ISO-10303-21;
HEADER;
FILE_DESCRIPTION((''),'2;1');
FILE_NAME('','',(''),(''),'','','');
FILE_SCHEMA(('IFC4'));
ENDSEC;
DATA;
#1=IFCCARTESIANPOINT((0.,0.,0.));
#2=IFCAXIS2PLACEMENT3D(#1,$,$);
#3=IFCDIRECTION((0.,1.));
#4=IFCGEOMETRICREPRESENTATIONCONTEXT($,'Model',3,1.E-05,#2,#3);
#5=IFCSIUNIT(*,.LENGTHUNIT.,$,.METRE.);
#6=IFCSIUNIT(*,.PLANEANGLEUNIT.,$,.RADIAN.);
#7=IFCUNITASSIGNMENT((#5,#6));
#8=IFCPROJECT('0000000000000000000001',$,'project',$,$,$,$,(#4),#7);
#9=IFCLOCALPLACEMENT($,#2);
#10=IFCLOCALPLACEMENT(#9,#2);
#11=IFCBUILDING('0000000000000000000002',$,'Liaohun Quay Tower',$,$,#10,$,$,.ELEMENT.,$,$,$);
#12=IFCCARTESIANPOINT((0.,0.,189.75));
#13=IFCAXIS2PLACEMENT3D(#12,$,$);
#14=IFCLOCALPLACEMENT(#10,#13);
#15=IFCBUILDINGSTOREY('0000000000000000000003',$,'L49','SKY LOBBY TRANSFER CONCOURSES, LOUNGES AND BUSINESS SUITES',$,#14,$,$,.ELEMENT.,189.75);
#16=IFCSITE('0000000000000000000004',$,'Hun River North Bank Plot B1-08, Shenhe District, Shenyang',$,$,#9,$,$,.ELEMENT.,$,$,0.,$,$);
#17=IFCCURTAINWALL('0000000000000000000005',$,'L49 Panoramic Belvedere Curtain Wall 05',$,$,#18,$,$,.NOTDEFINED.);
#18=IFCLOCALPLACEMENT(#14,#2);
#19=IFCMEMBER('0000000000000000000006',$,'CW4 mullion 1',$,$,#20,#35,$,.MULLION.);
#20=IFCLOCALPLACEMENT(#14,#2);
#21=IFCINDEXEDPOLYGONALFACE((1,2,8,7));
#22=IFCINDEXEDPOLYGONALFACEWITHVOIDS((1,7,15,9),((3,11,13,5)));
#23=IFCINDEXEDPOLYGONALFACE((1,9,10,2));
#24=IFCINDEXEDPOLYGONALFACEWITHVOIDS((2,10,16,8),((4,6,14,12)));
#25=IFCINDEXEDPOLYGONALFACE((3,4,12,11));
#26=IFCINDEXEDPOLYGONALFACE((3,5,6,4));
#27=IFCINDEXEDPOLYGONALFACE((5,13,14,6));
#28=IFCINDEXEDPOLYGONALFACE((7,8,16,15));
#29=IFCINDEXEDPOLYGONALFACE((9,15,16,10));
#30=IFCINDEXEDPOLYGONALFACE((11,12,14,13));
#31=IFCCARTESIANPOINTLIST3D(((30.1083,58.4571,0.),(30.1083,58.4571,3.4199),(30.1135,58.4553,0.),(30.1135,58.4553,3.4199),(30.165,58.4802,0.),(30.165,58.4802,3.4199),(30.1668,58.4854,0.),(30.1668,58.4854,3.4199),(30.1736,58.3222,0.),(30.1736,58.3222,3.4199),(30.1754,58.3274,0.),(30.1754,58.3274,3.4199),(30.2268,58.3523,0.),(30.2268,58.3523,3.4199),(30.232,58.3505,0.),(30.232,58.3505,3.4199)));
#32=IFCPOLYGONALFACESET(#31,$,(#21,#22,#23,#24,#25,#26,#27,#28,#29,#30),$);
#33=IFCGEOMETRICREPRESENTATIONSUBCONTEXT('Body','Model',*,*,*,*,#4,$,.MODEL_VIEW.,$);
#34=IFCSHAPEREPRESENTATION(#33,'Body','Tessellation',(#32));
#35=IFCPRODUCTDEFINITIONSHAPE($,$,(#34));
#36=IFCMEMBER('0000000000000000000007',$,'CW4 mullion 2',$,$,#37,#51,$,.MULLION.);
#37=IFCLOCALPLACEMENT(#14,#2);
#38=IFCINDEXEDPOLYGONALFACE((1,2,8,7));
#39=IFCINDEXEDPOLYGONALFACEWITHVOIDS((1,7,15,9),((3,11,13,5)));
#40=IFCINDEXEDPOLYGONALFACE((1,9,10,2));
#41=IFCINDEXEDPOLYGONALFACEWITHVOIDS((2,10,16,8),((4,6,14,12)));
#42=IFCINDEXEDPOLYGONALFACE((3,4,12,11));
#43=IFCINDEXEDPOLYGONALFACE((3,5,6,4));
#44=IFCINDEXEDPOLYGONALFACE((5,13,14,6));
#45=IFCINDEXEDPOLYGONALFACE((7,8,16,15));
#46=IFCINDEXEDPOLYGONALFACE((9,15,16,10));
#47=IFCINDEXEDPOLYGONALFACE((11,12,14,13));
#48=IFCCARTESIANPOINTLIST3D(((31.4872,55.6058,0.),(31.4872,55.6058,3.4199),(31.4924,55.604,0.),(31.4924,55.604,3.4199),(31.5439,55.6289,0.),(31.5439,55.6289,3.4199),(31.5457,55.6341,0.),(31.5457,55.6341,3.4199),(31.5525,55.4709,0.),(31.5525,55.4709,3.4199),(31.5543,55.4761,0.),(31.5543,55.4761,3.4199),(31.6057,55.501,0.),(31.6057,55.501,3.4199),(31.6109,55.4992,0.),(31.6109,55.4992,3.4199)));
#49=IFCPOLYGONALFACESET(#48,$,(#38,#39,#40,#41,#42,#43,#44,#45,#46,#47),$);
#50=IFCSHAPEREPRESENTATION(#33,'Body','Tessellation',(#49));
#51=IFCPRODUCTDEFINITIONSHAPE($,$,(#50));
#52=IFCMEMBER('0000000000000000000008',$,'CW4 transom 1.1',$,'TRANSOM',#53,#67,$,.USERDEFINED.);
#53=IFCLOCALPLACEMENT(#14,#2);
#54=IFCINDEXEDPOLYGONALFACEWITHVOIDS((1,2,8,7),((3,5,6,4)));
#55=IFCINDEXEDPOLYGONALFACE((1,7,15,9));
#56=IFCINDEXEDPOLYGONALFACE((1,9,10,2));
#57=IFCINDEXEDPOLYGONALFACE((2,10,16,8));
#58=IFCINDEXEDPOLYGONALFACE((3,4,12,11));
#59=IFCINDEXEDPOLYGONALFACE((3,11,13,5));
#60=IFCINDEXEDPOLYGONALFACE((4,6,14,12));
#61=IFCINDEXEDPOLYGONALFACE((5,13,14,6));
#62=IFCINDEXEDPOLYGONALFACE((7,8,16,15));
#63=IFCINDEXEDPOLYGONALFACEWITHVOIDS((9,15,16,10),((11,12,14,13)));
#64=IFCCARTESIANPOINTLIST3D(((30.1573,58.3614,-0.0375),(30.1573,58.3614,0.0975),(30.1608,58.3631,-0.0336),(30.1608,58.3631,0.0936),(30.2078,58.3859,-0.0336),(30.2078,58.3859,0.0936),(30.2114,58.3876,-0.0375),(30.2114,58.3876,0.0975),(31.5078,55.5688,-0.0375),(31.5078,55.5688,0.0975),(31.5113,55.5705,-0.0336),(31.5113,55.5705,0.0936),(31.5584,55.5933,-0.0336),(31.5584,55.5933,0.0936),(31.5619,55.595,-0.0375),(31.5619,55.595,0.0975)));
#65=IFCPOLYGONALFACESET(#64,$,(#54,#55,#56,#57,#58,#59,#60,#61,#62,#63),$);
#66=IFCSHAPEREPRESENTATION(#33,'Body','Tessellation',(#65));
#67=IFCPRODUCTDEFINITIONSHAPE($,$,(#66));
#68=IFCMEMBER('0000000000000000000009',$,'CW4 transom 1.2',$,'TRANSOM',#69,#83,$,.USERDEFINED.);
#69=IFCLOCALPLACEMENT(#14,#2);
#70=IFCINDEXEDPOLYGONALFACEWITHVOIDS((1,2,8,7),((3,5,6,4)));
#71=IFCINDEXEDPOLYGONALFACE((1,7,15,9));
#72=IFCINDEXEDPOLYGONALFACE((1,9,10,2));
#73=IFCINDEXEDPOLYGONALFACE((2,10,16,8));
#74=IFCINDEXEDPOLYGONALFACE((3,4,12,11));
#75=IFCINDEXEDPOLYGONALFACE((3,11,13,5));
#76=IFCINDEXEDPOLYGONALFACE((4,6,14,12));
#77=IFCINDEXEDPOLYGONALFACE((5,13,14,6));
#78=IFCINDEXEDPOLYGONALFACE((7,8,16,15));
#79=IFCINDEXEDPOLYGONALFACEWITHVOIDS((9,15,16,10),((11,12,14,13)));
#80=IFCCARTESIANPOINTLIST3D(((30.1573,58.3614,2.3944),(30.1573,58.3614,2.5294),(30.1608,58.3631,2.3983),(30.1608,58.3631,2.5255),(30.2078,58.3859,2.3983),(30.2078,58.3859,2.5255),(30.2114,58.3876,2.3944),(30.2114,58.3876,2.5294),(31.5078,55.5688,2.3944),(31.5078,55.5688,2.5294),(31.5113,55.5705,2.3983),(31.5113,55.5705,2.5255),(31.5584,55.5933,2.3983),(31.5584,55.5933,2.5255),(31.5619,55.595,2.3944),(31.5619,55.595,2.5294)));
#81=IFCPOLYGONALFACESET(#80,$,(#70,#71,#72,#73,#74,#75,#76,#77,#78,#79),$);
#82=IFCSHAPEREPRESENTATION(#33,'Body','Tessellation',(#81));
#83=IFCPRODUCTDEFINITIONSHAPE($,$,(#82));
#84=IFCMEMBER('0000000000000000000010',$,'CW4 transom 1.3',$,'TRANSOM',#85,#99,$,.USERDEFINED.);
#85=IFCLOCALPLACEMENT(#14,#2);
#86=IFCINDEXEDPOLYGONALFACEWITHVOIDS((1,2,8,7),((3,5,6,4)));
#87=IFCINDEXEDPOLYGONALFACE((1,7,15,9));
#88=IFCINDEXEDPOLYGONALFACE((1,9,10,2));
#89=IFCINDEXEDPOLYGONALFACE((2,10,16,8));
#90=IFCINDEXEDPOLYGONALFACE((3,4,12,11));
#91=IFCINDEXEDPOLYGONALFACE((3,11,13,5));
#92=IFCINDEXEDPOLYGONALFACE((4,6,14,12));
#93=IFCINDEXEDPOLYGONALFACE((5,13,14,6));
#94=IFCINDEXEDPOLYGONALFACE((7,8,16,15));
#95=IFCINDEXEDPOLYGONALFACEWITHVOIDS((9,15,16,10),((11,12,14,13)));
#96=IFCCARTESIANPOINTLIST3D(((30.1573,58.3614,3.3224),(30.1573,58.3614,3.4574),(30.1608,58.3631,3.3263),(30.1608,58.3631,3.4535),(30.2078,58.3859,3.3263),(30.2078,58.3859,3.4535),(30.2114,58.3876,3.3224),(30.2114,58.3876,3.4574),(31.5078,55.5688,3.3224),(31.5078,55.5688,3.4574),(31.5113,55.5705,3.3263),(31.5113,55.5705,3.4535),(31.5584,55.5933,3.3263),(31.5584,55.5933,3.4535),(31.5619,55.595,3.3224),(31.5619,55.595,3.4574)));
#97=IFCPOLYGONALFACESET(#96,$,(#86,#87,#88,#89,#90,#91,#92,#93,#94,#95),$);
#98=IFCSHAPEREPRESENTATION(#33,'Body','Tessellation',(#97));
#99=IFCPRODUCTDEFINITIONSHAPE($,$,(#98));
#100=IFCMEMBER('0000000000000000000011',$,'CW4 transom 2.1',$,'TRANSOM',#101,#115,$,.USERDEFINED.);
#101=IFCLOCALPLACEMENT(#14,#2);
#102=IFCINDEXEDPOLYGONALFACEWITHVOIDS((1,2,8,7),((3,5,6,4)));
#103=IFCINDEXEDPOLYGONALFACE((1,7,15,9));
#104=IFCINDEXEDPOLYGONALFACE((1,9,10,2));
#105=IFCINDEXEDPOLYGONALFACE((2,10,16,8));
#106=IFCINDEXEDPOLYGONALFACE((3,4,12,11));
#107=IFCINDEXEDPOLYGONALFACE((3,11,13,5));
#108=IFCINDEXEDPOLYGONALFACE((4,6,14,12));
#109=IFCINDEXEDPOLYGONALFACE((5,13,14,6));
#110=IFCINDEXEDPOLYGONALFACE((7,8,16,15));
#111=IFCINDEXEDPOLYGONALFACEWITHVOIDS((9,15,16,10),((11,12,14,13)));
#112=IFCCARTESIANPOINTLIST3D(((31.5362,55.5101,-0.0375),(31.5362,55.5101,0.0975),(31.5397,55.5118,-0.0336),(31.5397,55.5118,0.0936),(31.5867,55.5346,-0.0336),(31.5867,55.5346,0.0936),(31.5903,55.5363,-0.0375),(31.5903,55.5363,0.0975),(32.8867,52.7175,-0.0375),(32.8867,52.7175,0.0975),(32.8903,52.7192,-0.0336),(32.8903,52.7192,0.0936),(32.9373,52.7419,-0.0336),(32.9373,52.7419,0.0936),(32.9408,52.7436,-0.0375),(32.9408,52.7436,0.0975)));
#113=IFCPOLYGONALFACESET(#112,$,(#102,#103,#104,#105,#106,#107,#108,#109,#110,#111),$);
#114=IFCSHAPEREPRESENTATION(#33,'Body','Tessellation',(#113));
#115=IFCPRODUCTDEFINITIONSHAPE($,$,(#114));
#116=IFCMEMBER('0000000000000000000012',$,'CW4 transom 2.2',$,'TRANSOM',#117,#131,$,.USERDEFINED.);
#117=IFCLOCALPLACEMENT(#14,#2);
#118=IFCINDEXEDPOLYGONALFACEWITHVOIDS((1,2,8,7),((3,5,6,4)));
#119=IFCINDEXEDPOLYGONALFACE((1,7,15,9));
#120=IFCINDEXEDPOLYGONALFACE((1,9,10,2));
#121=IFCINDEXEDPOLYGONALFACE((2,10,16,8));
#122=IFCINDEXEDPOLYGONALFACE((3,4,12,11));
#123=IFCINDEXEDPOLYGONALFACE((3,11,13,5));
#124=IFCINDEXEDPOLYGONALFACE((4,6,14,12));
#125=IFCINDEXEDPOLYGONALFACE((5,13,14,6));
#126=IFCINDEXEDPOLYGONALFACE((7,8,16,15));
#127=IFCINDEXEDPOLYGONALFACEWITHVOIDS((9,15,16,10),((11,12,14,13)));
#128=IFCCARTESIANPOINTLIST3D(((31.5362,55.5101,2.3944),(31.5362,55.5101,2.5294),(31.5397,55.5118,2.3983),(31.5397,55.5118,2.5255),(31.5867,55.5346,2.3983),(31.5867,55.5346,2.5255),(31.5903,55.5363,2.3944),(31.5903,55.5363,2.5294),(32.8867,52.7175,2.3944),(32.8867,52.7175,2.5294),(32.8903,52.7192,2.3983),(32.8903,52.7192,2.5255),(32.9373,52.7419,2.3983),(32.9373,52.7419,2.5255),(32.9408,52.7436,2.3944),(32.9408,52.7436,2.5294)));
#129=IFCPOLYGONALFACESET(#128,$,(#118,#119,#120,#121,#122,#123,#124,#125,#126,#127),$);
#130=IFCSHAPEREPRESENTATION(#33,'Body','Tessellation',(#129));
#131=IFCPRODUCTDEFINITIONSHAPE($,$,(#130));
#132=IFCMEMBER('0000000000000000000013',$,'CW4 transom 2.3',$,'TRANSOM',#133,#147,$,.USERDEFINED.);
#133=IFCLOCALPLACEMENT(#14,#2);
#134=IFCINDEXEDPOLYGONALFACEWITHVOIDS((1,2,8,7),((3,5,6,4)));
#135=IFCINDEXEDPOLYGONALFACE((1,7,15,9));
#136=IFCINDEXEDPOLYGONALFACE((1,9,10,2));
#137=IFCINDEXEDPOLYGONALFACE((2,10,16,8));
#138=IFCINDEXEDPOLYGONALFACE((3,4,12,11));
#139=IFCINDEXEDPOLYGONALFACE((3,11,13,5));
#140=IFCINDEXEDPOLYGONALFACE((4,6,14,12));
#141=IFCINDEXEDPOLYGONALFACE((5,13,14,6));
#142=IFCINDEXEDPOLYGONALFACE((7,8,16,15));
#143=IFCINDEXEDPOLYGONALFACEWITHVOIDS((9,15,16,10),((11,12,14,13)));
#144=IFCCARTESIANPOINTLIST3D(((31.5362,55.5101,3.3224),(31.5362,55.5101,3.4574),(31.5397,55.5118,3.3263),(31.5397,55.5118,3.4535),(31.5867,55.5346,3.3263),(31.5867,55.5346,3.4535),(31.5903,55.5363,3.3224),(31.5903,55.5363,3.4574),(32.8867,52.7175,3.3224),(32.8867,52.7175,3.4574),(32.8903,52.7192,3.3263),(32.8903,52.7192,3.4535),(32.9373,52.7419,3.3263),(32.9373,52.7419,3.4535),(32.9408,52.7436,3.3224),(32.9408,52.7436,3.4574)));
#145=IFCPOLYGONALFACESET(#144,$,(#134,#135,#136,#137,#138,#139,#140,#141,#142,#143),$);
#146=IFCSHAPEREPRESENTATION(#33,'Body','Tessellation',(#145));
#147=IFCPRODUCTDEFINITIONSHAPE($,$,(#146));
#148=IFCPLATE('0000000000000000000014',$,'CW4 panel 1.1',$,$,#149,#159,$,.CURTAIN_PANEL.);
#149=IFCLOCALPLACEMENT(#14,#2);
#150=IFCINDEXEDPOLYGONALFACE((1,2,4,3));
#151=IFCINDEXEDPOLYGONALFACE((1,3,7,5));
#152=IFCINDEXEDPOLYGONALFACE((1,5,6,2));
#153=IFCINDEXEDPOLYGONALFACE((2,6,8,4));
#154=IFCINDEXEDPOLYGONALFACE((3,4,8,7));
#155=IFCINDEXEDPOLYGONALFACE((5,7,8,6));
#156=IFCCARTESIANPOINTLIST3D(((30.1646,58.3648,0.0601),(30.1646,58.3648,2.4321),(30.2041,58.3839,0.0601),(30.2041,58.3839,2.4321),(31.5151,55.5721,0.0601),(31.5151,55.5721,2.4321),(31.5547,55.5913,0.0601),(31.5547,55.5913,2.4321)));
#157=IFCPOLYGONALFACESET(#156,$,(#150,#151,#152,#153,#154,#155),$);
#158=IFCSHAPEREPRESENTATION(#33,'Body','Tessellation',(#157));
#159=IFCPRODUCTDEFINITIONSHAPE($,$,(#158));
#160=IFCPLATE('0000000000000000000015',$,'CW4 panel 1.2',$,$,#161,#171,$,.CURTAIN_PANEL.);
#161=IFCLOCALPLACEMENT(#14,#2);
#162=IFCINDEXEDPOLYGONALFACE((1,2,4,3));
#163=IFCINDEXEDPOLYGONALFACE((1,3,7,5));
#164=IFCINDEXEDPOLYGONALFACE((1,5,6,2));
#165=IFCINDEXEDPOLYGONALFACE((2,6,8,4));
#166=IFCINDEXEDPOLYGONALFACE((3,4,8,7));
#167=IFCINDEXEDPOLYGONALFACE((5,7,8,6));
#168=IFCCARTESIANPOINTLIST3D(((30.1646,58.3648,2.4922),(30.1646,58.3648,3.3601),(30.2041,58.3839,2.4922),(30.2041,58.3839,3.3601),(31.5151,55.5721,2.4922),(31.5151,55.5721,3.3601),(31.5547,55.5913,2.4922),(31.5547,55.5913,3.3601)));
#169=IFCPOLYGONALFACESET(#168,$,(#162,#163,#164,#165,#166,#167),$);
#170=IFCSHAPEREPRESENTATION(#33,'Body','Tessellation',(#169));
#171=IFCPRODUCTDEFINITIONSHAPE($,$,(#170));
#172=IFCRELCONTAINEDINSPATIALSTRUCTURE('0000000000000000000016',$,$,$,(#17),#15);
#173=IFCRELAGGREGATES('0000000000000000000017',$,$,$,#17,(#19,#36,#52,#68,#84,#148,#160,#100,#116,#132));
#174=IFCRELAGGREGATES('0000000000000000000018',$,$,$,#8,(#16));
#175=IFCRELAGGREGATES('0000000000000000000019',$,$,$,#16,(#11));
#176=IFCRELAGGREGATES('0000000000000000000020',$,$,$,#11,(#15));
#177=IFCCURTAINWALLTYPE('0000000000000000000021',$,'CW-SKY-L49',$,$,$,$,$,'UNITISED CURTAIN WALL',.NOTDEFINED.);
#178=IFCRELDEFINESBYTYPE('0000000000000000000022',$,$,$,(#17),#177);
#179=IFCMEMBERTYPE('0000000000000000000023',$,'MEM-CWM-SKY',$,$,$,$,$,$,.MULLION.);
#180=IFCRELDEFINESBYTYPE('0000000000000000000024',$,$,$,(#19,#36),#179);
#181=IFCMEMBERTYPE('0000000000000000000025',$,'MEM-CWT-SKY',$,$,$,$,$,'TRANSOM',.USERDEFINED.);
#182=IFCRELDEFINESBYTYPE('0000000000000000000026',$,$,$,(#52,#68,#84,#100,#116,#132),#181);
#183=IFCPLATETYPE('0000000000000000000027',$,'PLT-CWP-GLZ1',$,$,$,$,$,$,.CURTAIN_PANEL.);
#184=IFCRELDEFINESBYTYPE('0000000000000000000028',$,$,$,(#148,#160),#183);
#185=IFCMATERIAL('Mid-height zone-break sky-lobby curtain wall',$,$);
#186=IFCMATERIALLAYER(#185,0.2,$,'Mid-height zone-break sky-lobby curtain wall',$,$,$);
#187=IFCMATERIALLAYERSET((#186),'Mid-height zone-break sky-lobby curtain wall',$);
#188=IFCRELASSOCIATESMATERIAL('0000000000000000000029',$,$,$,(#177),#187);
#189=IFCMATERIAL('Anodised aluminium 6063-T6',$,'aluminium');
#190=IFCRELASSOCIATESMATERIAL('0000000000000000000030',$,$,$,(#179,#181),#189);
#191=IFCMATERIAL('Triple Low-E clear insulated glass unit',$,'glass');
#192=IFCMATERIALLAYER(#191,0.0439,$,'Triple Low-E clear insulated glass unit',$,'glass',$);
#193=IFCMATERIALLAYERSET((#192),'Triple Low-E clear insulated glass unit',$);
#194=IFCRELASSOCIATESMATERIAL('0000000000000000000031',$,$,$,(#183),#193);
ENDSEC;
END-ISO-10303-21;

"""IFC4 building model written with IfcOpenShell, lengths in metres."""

from ifc_helpers import new_model, si_unit, direction, frame, origin, origin_2d, place, context, subcontext, project, spatial, rectangle, hollow_rectangle, extrude, source, transform, mapped, material, layer, layer_set, material_profile, profile_set, type_object, element, aggregate, save


model = new_model("IFC4")

# Units and contexts
model_context = context("Model", 3, precision=1e-05, world=origin(), true_north=direction((0.0, 1.0)))
body_context = subcontext(model_context, "Body", "Model", "MODEL_VIEW")
ifc_project = project(units=[si_unit("LENGTHUNIT", "METRE"), si_unit("PLANEANGLEUNIT", "RADIAN")], contexts=[model_context])

# Site, building, storey
site_placement = place(None, origin())
site = spatial("IfcSite", under=ifc_project, at=site_placement, Name="Hun River North Bank Plot B1-08, Shenhe District, Shenyang", CompositionType="ELEMENT", RefElevation=0.0)
building_placement = place(site_placement, origin())
building = spatial("IfcBuilding", under=site, at=building_placement, Name="Liaohun Quay Tower", CompositionType="ELEMENT")
storey_placement = place(building_placement, frame((0.0, 0.0, 189.75)))
storey = spatial("IfcBuildingStorey", under=building, at=storey_placement, Name="L49", Description="SKY LOBBY TRANSFER CONCOURSES, LOUNGES AND BUSINESS SUITES", CompositionType="ELEMENT", Elevation=189.75)

# Curtain wall, members, plates
ifc_material_1 = material(Name="Mid-height zone-break sky-lobby curtain wall")
ifc_layer_1 = layer(ifc_material_1, 0.2, Name="Mid-height zone-break sky-lobby curtain wall")
ifc_layer_set_1 = layer_set([ifc_layer_1], Name="Mid-height zone-break sky-lobby curtain wall")
curtain_wall_type = type_object("IfcCurtainWallType", Name="CW-SKY-L49", ElementType="UNITISED CURTAIN WALL", PredefinedType="NOTDEFINED", material=ifc_layer_set_1)
curtain_wall_placement = place(storey_placement, origin())
curtain_wall = element("IfcCurtainWall", 1, at=curtain_wall_placement, inside=storey, type_object=curtain_wall_type, Name="L49 Panoramic Belvedere Curtain Wall 05", PredefinedType="NOTDEFINED")
ifc_material_2 = material(Name="Anodised aluminium 6063-T6", Category="aluminium")
ifc_material_profile_1 = material_profile(ifc_material_2, hollow_rectangle(XDim=0.0649, YDim=0.1499, WallThickness=0.0039, at=origin_2d()), Name="RHS150x65x4")
ifc_profile_set_1 = profile_set([ifc_material_profile_1], Name="Anodised aluminium 6063-T6")
member_type_1 = type_object("IfcMemberType", Name="MEM-CWM-SKY", PredefinedType="MULLION", material=ifc_profile_set_1)
shared_shape_1 = source(origin(), body_context, "Body", "SweptSolid", [
    extrude(hollow_rectangle(XDim=0.0649, YDim=0.1499, WallThickness=0.0039, at=origin_2d()), origin(), (0.0, 0.0, 1.0), 3.4199),
])
member_1_placement = place(storey_placement, frame((30.1702, 58.4038, 0.0), z_axis=(0.0, 0.0, 1.0), x_axis=(0.900256, 0.435361, 0.0)))
member_1 = element("IfcMember", 2, at=member_1_placement, type_object=member_type_1, Name="CW4 mullion 1", PredefinedType="MULLION", context=body_context, shape_type="MappedRepresentation", body=[
    mapped(shared_shape_1, transform((0.0, 0.0, 0.0), x_axis=(1.0, 0.0, 0.0), y_axis=(0.0, 1.0, 0.0), z_axis=(0.0, 0.0, 1.0), scale=1.0)),
])
member_2_placement = place(storey_placement, frame((31.5491, 55.5525, 0.0), z_axis=(0.0, 0.0, 1.0), x_axis=(0.900256, 0.435361, 0.0)))
member_2 = element("IfcMember", 3, at=member_2_placement, type_object=member_type_1, Name="CW4 mullion 2", PredefinedType="MULLION", context=body_context, shape_type="MappedRepresentation", body=[
    mapped(shared_shape_1, transform((0.0, 0.0, 0.0), x_axis=(1.0, 0.0, 0.0), y_axis=(0.0, 1.0, 0.0), z_axis=(0.0, 0.0, 1.0), scale=1.0)),
])
ifc_material_profile_2 = material_profile(ifc_material_2, hollow_rectangle(XDim=0.0601, YDim=0.135, WallThickness=0.0039, at=origin_2d()), Name="RHS135x60x4")
ifc_profile_set_2 = profile_set([ifc_material_profile_2], Name="Anodised aluminium 6063-T6")
member_type_2 = type_object("IfcMemberType", Name="MEM-CWT-SKY", ElementType="TRANSOM", PredefinedType="USERDEFINED", material=ifc_profile_set_2)
shared_shape_2 = source(origin(), body_context, "Body", "SweptSolid", [
    extrude(hollow_rectangle(XDim=0.0601, YDim=0.135, WallThickness=0.0039, at=origin_2d()), origin(), (0.0, 0.0, 1.0), 3.1021),
])
member_3_placement = place(storey_placement, frame((30.1843, 58.3745, 0.03), z_axis=(0.43537, -0.900252, 0.0), x_axis=(0.900252, 0.43537, 0.0)))
member_3 = element("IfcMember", 4, at=member_3_placement, type_object=member_type_2, Name="CW4 transom 1.1", ObjectType="TRANSOM", PredefinedType="USERDEFINED", context=body_context, shape_type="MappedRepresentation", body=[
    mapped(shared_shape_2, transform((0.0, 0.0, 0.0), x_axis=(1.0, 0.0, 0.0), y_axis=(0.0, 1.0, 0.0), z_axis=(0.0, 0.0, 1.0), scale=1.0)),
])
member_4_placement = place(storey_placement, frame((30.1843, 58.3745, 2.4619), z_axis=(0.43537, -0.900252, 0.0), x_axis=(0.900252, 0.43537, 0.0)))
member_4 = element("IfcMember", 5, at=member_4_placement, type_object=member_type_2, Name="CW4 transom 1.2", ObjectType="TRANSOM", PredefinedType="USERDEFINED", context=body_context, shape_type="MappedRepresentation", body=[
    mapped(shared_shape_2, transform((0.0, 0.0, 0.0), x_axis=(1.0, 0.0, 0.0), y_axis=(0.0, 1.0, 0.0), z_axis=(0.0, 0.0, 1.0), scale=1.0)),
])
member_5_placement = place(storey_placement, frame((30.1843, 58.3745, 3.3899), z_axis=(0.43537, -0.900252, 0.0), x_axis=(0.900252, 0.43537, 0.0)))
member_5 = element("IfcMember", 6, at=member_5_placement, type_object=member_type_2, Name="CW4 transom 1.3", ObjectType="TRANSOM", PredefinedType="USERDEFINED", context=body_context, shape_type="MappedRepresentation", body=[
    mapped(shared_shape_2, transform((0.0, 0.0, 0.0), x_axis=(1.0, 0.0, 0.0), y_axis=(0.0, 1.0, 0.0), z_axis=(0.0, 0.0, 1.0), scale=1.0)),
])
member_6_placement = place(storey_placement, frame((31.5632, 55.5232, 0.03), z_axis=(0.43537, -0.900252, 0.0), x_axis=(0.900252, 0.43537, 0.0)))
member_6 = element("IfcMember", 7, at=member_6_placement, type_object=member_type_2, Name="CW4 transom 2.1", ObjectType="TRANSOM", PredefinedType="USERDEFINED", context=body_context, shape_type="MappedRepresentation", body=[
    mapped(shared_shape_2, transform((0.0, 0.0, 0.0), x_axis=(1.0, 0.0, 0.0), y_axis=(0.0, 1.0, 0.0), z_axis=(0.0, 0.0, 1.0), scale=1.0)),
])
member_7_placement = place(storey_placement, frame((31.5632, 55.5232, 2.4619), z_axis=(0.43537, -0.900252, 0.0), x_axis=(0.900252, 0.43537, 0.0)))
member_7 = element("IfcMember", 8, at=member_7_placement, type_object=member_type_2, Name="CW4 transom 2.2", ObjectType="TRANSOM", PredefinedType="USERDEFINED", context=body_context, shape_type="MappedRepresentation", body=[
    mapped(shared_shape_2, transform((0.0, 0.0, 0.0), x_axis=(1.0, 0.0, 0.0), y_axis=(0.0, 1.0, 0.0), z_axis=(0.0, 0.0, 1.0), scale=1.0)),
])
member_8_placement = place(storey_placement, frame((31.5632, 55.5232, 3.3899), z_axis=(0.43537, -0.900252, 0.0), x_axis=(0.900252, 0.43537, 0.0)))
member_8 = element("IfcMember", 9, at=member_8_placement, type_object=member_type_2, Name="CW4 transom 2.3", ObjectType="TRANSOM", PredefinedType="USERDEFINED", context=body_context, shape_type="MappedRepresentation", body=[
    mapped(shared_shape_2, transform((0.0, 0.0, 0.0), x_axis=(1.0, 0.0, 0.0), y_axis=(0.0, 1.0, 0.0), z_axis=(0.0, 0.0, 1.0), scale=1.0)),
])
ifc_material_3 = material(Name="Triple Low-E clear insulated glass unit", Category="glass")
ifc_layer_2 = layer(ifc_material_3, 0.0439, Name="Triple Low-E clear insulated glass unit", Category="glass")
ifc_layer_set_2 = layer_set([ifc_layer_2], Name="Triple Low-E clear insulated glass unit")
plate_type = type_object("IfcPlateType", Name="PLT-CWP-GLZ1", PredefinedType="CURTAIN_PANEL", material=ifc_layer_set_2)
shared_shape_3 = source(origin(), body_context, "Body", "SweptSolid", [
    extrude(rectangle(XDim=3.1021, YDim=0.0439, at=origin_2d()), origin(), (0.0, 0.0, 1.0), 2.3721),
])
plate_1_placement = place(storey_placement, frame((30.8596, 56.978, 0.0601), z_axis=(0.0, 0.0, 1.0), x_axis=(0.435361, -0.900256, 0.0)))
plate_1 = element("IfcPlate", 10, at=plate_1_placement, type_object=plate_type, Name="CW4 panel 1.1", PredefinedType="CURTAIN_PANEL", context=body_context, shape_type="MappedRepresentation", body=[
    mapped(shared_shape_3, transform((0.0, 0.0, 0.0), x_axis=(1.0, 0.0, 0.0), y_axis=(0.0, 1.0, 0.0), z_axis=(0.0, 0.0, 1.0), scale=1.0)),
])
shared_shape_4 = source(origin(), body_context, "Body", "SweptSolid", [
    extrude(rectangle(XDim=3.1021, YDim=0.0439, at=origin_2d()), origin(), (0.0, 0.0, 1.0), 0.8679),
])
plate_2_placement = place(storey_placement, frame((30.8596, 56.978, 2.4922), z_axis=(0.0, 0.0, 1.0), x_axis=(0.435361, -0.900256, 0.0)))
plate_2 = element("IfcPlate", 11, at=plate_2_placement, type_object=plate_type, Name="CW4 panel 1.2", PredefinedType="CURTAIN_PANEL", context=body_context, shape_type="MappedRepresentation", body=[
    mapped(shared_shape_4, transform((0.0, 0.0, 0.0), x_axis=(1.0, 0.0, 0.0), y_axis=(0.0, 1.0, 0.0), z_axis=(0.0, 0.0, 1.0), scale=1.0)),
])
aggregate(curtain_wall, [member_1, member_2, member_3, member_4, member_5, plate_1, plate_2, member_6, member_7, member_8])

save(model, "model.ifc")
